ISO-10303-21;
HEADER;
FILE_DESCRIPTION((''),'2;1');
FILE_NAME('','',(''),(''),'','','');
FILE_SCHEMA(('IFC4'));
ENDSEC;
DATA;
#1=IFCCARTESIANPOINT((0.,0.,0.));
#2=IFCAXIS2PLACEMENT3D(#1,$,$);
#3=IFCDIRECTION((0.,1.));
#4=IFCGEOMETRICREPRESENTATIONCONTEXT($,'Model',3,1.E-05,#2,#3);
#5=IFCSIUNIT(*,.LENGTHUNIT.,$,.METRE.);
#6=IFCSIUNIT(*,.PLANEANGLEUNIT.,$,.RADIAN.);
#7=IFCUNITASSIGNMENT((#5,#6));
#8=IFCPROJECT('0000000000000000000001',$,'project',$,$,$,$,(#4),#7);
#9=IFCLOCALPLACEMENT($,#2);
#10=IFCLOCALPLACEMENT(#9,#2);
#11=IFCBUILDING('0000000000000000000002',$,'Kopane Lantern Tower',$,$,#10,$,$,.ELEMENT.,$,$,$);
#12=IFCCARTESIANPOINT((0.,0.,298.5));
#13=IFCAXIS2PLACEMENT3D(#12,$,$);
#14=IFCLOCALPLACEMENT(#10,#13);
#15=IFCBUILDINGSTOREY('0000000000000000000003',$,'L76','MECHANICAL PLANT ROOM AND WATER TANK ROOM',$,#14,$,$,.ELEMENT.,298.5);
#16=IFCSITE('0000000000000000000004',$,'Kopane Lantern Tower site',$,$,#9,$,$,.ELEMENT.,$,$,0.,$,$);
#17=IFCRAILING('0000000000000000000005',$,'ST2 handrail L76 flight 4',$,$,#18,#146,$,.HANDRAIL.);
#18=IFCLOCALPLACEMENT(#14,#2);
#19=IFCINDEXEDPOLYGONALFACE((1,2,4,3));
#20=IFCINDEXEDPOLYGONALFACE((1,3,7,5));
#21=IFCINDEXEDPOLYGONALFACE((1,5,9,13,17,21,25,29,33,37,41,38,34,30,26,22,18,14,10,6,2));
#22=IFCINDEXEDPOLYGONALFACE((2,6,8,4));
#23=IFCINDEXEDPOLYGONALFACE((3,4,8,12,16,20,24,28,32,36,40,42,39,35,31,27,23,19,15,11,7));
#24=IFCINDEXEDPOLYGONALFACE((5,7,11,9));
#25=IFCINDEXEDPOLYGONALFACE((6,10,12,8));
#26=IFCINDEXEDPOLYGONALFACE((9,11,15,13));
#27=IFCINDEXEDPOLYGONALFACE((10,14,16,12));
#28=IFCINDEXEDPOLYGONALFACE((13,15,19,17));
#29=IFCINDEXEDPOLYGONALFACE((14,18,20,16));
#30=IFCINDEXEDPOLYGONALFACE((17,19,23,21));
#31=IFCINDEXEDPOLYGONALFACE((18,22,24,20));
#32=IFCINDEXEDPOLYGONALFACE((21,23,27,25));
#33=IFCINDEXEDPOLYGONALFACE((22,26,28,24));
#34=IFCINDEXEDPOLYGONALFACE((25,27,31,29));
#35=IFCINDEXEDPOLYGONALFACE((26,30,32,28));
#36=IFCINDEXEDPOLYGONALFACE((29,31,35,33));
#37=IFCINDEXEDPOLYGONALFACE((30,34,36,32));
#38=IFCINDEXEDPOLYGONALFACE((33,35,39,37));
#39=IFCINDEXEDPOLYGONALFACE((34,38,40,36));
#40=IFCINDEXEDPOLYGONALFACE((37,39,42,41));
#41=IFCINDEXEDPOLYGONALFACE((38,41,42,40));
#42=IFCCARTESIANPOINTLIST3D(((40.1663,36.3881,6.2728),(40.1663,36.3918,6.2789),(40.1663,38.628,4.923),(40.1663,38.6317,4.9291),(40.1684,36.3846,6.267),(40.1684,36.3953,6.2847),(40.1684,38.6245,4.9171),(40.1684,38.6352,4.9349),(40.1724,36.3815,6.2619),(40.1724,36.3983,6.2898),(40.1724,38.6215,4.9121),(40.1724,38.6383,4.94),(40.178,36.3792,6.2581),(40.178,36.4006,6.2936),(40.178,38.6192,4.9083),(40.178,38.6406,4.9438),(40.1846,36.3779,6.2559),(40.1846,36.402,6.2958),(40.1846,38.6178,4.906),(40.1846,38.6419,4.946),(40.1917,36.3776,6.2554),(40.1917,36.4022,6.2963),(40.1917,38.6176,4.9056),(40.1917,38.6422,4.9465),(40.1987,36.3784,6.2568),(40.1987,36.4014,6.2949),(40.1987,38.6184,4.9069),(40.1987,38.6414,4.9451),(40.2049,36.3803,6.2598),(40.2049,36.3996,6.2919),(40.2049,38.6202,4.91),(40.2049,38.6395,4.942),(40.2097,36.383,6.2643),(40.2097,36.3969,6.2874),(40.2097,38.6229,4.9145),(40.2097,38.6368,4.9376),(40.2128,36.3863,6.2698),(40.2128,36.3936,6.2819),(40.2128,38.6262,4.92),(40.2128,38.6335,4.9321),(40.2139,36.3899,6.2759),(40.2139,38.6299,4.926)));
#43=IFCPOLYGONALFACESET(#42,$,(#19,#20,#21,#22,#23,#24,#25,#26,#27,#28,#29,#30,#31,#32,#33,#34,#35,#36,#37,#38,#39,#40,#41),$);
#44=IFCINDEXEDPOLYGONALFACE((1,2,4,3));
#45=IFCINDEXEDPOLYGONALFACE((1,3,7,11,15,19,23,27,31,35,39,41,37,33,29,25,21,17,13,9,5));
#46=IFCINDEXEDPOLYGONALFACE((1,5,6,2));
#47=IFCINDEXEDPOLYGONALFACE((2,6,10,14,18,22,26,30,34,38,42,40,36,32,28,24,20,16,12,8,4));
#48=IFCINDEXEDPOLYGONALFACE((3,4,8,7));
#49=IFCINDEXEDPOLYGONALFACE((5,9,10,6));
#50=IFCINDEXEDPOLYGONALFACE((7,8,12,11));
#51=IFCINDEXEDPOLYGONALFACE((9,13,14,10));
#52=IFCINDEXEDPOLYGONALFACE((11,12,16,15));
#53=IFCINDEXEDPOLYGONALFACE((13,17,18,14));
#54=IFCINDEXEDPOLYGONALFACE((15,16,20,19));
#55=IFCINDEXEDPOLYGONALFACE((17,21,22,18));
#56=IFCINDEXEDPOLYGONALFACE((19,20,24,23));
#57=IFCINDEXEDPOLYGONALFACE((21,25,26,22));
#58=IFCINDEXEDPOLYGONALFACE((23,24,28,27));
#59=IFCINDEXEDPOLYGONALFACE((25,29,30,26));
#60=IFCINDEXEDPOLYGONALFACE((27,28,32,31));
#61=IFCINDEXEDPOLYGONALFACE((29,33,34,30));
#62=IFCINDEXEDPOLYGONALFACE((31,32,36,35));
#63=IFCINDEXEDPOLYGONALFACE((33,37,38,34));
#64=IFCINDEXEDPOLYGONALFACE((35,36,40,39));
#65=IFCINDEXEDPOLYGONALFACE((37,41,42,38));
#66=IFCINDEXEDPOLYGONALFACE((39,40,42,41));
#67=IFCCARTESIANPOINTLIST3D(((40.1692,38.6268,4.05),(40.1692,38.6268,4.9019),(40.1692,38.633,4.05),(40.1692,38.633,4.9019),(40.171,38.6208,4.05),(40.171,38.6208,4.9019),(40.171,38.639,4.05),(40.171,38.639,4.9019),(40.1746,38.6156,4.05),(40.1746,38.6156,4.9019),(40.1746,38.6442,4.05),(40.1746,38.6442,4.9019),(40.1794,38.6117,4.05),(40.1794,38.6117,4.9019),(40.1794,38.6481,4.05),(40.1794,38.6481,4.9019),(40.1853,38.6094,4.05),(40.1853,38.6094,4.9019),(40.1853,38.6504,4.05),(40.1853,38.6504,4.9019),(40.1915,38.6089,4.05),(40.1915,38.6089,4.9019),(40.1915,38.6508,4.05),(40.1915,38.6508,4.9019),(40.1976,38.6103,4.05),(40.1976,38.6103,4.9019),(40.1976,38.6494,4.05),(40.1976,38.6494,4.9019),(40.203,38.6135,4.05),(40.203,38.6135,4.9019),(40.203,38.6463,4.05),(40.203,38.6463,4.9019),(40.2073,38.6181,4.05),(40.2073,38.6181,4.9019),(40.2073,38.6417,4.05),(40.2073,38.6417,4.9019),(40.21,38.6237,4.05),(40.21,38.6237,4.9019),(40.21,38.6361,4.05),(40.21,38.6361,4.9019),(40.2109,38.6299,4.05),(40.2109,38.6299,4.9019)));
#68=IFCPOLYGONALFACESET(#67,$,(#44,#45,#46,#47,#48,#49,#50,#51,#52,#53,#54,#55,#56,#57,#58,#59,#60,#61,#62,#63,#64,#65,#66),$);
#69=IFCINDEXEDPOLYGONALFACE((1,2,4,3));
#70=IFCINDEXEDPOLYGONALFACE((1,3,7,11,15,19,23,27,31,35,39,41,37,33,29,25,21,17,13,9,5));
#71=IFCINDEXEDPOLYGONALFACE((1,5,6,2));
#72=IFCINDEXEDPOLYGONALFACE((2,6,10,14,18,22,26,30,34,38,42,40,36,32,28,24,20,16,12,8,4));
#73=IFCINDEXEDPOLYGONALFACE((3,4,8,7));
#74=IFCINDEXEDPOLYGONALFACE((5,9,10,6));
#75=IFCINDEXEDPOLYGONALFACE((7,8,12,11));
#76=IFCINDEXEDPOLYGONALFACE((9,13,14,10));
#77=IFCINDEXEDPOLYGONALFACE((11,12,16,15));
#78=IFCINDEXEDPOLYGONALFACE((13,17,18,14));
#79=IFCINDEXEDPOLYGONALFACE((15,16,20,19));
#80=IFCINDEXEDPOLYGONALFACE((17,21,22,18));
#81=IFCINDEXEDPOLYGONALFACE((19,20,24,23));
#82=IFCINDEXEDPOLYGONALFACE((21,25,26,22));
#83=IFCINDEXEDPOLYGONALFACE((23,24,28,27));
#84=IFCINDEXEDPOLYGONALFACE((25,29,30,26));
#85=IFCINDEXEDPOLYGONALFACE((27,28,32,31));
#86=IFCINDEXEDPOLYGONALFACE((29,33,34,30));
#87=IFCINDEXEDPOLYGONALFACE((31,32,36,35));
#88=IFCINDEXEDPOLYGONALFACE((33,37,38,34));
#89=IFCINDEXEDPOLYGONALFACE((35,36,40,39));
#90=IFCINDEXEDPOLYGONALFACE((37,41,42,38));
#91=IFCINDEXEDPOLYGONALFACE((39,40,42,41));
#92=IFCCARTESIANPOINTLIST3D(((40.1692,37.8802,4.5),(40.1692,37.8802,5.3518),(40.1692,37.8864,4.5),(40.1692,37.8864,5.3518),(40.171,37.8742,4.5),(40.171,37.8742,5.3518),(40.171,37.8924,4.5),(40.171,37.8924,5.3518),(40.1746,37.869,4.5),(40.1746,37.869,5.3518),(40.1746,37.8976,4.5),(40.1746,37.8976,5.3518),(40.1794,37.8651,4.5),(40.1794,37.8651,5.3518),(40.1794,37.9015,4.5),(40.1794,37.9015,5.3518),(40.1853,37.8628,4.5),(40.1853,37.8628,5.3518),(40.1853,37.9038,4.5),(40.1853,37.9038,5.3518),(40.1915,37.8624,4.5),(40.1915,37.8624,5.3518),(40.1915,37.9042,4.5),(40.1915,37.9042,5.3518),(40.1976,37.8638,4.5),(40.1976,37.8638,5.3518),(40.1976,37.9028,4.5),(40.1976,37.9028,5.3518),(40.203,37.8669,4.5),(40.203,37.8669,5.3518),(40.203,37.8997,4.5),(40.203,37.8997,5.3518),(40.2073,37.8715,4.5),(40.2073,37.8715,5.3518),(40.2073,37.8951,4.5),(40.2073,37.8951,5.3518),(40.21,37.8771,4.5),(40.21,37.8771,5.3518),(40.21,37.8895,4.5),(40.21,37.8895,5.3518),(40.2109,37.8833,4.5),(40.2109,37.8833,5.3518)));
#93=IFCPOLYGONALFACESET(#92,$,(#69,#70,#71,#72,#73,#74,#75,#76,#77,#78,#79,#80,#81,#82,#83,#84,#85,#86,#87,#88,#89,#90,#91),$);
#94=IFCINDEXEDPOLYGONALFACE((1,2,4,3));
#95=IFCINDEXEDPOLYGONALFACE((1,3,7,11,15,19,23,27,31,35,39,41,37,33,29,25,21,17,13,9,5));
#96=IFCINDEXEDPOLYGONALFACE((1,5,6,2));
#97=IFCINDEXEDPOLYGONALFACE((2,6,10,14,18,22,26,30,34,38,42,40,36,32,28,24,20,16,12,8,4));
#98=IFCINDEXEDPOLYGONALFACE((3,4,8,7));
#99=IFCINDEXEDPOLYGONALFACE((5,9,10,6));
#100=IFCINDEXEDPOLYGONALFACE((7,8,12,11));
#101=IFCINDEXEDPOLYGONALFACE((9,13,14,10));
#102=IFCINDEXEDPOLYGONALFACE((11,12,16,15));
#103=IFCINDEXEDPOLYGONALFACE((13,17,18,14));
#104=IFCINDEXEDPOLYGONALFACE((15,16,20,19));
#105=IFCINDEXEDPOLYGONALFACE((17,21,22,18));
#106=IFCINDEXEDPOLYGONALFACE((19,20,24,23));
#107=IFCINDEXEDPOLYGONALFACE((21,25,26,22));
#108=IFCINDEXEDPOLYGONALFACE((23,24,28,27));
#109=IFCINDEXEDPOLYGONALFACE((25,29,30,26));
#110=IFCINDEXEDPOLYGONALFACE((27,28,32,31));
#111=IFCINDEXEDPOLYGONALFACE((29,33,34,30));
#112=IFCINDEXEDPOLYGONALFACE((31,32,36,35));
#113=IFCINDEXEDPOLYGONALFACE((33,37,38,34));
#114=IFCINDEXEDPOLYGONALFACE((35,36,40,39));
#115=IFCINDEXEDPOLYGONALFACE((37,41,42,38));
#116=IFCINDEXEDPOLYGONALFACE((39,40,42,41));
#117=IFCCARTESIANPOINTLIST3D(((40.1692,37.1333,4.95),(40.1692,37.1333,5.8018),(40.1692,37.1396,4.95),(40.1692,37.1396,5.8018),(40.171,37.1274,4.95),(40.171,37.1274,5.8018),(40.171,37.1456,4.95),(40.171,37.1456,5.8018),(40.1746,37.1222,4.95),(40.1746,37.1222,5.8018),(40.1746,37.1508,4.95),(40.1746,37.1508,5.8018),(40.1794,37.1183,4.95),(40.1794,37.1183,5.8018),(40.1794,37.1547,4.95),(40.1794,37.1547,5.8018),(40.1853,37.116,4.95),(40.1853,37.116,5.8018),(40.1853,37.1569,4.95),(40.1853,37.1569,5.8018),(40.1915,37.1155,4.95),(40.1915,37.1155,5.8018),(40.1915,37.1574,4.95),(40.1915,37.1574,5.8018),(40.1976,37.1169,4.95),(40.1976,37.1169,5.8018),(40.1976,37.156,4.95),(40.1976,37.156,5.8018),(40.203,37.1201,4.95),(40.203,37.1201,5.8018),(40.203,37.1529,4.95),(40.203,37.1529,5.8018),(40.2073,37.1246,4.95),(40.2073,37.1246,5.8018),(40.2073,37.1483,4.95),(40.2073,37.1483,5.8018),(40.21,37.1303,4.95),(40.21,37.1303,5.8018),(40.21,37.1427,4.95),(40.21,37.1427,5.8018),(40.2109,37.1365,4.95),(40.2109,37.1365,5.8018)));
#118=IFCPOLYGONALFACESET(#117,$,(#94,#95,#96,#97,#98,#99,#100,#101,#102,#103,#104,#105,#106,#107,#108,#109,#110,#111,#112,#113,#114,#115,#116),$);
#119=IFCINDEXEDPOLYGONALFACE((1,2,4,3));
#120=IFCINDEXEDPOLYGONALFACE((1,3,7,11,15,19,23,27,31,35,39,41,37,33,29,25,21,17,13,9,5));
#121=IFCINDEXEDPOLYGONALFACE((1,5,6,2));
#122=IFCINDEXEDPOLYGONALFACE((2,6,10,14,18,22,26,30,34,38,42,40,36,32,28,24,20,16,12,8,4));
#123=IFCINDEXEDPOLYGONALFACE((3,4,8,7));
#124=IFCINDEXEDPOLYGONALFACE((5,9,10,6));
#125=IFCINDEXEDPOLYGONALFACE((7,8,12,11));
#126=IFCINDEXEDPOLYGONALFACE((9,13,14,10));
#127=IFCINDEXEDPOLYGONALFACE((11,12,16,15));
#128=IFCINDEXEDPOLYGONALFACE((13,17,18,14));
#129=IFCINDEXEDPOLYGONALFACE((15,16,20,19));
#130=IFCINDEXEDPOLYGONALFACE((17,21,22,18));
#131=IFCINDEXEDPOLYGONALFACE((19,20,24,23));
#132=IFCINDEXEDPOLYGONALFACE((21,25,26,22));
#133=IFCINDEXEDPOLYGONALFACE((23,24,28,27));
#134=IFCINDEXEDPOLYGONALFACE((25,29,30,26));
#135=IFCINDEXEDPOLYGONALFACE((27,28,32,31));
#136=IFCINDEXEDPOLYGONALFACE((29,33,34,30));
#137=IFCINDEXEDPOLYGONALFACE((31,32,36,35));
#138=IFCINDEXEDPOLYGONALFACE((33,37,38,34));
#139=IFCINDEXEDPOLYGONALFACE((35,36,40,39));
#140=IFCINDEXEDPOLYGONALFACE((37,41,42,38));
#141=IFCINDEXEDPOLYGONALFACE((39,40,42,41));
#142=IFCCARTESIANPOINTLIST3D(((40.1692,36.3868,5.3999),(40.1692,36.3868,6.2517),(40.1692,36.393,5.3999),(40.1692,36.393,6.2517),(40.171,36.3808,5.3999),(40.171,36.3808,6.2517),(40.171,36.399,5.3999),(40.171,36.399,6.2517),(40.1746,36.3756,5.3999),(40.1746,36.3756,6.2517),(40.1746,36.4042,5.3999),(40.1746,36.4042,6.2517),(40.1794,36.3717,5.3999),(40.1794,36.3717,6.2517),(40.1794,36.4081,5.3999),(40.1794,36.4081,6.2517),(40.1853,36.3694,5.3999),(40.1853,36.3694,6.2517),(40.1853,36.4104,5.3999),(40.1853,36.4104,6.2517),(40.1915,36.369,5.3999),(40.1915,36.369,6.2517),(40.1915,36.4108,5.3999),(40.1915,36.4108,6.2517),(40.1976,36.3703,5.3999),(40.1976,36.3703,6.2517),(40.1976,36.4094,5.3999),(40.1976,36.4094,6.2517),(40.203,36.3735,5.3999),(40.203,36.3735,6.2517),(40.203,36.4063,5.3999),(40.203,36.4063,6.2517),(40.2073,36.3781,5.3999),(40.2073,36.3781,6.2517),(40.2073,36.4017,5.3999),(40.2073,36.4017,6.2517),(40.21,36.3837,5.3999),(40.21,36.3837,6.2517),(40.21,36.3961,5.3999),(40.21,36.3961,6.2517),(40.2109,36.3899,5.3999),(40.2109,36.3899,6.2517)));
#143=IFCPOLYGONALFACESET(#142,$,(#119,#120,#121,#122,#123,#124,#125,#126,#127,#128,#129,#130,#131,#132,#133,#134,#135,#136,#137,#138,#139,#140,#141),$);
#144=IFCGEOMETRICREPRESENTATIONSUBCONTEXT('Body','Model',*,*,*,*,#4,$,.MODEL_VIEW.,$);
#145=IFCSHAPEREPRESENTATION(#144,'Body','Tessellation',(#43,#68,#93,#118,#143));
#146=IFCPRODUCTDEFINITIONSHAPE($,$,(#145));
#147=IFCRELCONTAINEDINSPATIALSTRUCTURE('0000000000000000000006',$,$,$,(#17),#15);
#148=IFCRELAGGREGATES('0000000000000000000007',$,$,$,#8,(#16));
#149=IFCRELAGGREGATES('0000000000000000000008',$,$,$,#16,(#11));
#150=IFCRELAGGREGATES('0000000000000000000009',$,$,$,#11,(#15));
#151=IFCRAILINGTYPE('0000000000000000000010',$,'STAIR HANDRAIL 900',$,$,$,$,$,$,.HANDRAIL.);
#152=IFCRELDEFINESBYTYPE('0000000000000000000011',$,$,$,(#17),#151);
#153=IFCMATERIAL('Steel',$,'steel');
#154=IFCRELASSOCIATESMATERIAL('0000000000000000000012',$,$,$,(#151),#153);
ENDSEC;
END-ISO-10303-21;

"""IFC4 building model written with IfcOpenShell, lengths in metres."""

from ifc_helpers import new_model, si_unit, direction, frame, origin, origin_2d, place, context, subcontext, project, spatial, circle, extrude, material, type_object, element, save


model = new_model("IFC4")

# Units and contexts
model_context = context("Model", 3, precision=1e-05, world=origin(), true_north=direction((0.0, 1.0)))
body_context = subcontext(model_context, "Body", "Model", "MODEL_VIEW")
ifc_project = project(units=[si_unit("LENGTHUNIT", "METRE"), si_unit("PLANEANGLEUNIT", "RADIAN")], contexts=[model_context])

# Site, building, storey
site_placement = place(None, origin())
site = spatial("IfcSite", under=ifc_project, at=site_placement, Name="Kopane Lantern Tower site", CompositionType="ELEMENT", RefElevation=0.0)
building_placement = place(site_placement, origin())
building = spatial("IfcBuilding", under=site, at=building_placement, Name="Kopane Lantern Tower", CompositionType="ELEMENT")
storey_placement = place(building_placement, frame((0.0, 0.0, 298.5)))
storey = spatial("IfcBuildingStorey", under=building, at=storey_placement, Name="L76", Description="MECHANICAL PLANT ROOM AND WATER TANK ROOM", CompositionType="ELEMENT", Elevation=298.5)

# Railing
ifc_material_1 = material(Name="Steel", Category="steel")
railing_type_1 = type_object("IfcRailingType", Name="STAIR HANDRAIL 900", PredefinedType="HANDRAIL", material=ifc_material_1)
for number, where, name in (
    (1, (40.1899, 38.6299, 4.05), "ST2 handrail L76 flight 4"),
):
    element("IfcRailing", number, at=place(storey_placement, frame(where)), inside=storey, type_object=railing_type_1, Name=name, PredefinedType="HANDRAIL", context=body_context, shape_type="SweptSolid", body=[
        extrude(circle(Radius=0.0239, at=origin_2d()), frame((0.0, 0.0, 0.876), z_axis=(0.0, -0.856503, 0.516142), x_axis=(1.0, 0.0, 0.0)), (0.0, 0.0, 1.0), 2.6152),
        extrude(circle(Radius=0.021, at=origin_2d()), origin(), (0.0, 0.0, 1.0), 0.8518),
        extrude(circle(Radius=0.021, at=origin_2d()), frame((0.0, -0.7466, 0.45)), (0.0, 0.0, 1.0), 0.8518),
        extrude(circle(Radius=0.021, at=origin_2d()), frame((0.0, -1.4934, 0.8999)), (0.0, 0.0, 1.0), 0.8518),
        extrude(circle(Radius=0.021, at=origin_2d()), frame((0.0, -2.24, 1.3499)), (0.0, 0.0, 1.0), 0.8518),
    ])

save(model, "model.ifc")
